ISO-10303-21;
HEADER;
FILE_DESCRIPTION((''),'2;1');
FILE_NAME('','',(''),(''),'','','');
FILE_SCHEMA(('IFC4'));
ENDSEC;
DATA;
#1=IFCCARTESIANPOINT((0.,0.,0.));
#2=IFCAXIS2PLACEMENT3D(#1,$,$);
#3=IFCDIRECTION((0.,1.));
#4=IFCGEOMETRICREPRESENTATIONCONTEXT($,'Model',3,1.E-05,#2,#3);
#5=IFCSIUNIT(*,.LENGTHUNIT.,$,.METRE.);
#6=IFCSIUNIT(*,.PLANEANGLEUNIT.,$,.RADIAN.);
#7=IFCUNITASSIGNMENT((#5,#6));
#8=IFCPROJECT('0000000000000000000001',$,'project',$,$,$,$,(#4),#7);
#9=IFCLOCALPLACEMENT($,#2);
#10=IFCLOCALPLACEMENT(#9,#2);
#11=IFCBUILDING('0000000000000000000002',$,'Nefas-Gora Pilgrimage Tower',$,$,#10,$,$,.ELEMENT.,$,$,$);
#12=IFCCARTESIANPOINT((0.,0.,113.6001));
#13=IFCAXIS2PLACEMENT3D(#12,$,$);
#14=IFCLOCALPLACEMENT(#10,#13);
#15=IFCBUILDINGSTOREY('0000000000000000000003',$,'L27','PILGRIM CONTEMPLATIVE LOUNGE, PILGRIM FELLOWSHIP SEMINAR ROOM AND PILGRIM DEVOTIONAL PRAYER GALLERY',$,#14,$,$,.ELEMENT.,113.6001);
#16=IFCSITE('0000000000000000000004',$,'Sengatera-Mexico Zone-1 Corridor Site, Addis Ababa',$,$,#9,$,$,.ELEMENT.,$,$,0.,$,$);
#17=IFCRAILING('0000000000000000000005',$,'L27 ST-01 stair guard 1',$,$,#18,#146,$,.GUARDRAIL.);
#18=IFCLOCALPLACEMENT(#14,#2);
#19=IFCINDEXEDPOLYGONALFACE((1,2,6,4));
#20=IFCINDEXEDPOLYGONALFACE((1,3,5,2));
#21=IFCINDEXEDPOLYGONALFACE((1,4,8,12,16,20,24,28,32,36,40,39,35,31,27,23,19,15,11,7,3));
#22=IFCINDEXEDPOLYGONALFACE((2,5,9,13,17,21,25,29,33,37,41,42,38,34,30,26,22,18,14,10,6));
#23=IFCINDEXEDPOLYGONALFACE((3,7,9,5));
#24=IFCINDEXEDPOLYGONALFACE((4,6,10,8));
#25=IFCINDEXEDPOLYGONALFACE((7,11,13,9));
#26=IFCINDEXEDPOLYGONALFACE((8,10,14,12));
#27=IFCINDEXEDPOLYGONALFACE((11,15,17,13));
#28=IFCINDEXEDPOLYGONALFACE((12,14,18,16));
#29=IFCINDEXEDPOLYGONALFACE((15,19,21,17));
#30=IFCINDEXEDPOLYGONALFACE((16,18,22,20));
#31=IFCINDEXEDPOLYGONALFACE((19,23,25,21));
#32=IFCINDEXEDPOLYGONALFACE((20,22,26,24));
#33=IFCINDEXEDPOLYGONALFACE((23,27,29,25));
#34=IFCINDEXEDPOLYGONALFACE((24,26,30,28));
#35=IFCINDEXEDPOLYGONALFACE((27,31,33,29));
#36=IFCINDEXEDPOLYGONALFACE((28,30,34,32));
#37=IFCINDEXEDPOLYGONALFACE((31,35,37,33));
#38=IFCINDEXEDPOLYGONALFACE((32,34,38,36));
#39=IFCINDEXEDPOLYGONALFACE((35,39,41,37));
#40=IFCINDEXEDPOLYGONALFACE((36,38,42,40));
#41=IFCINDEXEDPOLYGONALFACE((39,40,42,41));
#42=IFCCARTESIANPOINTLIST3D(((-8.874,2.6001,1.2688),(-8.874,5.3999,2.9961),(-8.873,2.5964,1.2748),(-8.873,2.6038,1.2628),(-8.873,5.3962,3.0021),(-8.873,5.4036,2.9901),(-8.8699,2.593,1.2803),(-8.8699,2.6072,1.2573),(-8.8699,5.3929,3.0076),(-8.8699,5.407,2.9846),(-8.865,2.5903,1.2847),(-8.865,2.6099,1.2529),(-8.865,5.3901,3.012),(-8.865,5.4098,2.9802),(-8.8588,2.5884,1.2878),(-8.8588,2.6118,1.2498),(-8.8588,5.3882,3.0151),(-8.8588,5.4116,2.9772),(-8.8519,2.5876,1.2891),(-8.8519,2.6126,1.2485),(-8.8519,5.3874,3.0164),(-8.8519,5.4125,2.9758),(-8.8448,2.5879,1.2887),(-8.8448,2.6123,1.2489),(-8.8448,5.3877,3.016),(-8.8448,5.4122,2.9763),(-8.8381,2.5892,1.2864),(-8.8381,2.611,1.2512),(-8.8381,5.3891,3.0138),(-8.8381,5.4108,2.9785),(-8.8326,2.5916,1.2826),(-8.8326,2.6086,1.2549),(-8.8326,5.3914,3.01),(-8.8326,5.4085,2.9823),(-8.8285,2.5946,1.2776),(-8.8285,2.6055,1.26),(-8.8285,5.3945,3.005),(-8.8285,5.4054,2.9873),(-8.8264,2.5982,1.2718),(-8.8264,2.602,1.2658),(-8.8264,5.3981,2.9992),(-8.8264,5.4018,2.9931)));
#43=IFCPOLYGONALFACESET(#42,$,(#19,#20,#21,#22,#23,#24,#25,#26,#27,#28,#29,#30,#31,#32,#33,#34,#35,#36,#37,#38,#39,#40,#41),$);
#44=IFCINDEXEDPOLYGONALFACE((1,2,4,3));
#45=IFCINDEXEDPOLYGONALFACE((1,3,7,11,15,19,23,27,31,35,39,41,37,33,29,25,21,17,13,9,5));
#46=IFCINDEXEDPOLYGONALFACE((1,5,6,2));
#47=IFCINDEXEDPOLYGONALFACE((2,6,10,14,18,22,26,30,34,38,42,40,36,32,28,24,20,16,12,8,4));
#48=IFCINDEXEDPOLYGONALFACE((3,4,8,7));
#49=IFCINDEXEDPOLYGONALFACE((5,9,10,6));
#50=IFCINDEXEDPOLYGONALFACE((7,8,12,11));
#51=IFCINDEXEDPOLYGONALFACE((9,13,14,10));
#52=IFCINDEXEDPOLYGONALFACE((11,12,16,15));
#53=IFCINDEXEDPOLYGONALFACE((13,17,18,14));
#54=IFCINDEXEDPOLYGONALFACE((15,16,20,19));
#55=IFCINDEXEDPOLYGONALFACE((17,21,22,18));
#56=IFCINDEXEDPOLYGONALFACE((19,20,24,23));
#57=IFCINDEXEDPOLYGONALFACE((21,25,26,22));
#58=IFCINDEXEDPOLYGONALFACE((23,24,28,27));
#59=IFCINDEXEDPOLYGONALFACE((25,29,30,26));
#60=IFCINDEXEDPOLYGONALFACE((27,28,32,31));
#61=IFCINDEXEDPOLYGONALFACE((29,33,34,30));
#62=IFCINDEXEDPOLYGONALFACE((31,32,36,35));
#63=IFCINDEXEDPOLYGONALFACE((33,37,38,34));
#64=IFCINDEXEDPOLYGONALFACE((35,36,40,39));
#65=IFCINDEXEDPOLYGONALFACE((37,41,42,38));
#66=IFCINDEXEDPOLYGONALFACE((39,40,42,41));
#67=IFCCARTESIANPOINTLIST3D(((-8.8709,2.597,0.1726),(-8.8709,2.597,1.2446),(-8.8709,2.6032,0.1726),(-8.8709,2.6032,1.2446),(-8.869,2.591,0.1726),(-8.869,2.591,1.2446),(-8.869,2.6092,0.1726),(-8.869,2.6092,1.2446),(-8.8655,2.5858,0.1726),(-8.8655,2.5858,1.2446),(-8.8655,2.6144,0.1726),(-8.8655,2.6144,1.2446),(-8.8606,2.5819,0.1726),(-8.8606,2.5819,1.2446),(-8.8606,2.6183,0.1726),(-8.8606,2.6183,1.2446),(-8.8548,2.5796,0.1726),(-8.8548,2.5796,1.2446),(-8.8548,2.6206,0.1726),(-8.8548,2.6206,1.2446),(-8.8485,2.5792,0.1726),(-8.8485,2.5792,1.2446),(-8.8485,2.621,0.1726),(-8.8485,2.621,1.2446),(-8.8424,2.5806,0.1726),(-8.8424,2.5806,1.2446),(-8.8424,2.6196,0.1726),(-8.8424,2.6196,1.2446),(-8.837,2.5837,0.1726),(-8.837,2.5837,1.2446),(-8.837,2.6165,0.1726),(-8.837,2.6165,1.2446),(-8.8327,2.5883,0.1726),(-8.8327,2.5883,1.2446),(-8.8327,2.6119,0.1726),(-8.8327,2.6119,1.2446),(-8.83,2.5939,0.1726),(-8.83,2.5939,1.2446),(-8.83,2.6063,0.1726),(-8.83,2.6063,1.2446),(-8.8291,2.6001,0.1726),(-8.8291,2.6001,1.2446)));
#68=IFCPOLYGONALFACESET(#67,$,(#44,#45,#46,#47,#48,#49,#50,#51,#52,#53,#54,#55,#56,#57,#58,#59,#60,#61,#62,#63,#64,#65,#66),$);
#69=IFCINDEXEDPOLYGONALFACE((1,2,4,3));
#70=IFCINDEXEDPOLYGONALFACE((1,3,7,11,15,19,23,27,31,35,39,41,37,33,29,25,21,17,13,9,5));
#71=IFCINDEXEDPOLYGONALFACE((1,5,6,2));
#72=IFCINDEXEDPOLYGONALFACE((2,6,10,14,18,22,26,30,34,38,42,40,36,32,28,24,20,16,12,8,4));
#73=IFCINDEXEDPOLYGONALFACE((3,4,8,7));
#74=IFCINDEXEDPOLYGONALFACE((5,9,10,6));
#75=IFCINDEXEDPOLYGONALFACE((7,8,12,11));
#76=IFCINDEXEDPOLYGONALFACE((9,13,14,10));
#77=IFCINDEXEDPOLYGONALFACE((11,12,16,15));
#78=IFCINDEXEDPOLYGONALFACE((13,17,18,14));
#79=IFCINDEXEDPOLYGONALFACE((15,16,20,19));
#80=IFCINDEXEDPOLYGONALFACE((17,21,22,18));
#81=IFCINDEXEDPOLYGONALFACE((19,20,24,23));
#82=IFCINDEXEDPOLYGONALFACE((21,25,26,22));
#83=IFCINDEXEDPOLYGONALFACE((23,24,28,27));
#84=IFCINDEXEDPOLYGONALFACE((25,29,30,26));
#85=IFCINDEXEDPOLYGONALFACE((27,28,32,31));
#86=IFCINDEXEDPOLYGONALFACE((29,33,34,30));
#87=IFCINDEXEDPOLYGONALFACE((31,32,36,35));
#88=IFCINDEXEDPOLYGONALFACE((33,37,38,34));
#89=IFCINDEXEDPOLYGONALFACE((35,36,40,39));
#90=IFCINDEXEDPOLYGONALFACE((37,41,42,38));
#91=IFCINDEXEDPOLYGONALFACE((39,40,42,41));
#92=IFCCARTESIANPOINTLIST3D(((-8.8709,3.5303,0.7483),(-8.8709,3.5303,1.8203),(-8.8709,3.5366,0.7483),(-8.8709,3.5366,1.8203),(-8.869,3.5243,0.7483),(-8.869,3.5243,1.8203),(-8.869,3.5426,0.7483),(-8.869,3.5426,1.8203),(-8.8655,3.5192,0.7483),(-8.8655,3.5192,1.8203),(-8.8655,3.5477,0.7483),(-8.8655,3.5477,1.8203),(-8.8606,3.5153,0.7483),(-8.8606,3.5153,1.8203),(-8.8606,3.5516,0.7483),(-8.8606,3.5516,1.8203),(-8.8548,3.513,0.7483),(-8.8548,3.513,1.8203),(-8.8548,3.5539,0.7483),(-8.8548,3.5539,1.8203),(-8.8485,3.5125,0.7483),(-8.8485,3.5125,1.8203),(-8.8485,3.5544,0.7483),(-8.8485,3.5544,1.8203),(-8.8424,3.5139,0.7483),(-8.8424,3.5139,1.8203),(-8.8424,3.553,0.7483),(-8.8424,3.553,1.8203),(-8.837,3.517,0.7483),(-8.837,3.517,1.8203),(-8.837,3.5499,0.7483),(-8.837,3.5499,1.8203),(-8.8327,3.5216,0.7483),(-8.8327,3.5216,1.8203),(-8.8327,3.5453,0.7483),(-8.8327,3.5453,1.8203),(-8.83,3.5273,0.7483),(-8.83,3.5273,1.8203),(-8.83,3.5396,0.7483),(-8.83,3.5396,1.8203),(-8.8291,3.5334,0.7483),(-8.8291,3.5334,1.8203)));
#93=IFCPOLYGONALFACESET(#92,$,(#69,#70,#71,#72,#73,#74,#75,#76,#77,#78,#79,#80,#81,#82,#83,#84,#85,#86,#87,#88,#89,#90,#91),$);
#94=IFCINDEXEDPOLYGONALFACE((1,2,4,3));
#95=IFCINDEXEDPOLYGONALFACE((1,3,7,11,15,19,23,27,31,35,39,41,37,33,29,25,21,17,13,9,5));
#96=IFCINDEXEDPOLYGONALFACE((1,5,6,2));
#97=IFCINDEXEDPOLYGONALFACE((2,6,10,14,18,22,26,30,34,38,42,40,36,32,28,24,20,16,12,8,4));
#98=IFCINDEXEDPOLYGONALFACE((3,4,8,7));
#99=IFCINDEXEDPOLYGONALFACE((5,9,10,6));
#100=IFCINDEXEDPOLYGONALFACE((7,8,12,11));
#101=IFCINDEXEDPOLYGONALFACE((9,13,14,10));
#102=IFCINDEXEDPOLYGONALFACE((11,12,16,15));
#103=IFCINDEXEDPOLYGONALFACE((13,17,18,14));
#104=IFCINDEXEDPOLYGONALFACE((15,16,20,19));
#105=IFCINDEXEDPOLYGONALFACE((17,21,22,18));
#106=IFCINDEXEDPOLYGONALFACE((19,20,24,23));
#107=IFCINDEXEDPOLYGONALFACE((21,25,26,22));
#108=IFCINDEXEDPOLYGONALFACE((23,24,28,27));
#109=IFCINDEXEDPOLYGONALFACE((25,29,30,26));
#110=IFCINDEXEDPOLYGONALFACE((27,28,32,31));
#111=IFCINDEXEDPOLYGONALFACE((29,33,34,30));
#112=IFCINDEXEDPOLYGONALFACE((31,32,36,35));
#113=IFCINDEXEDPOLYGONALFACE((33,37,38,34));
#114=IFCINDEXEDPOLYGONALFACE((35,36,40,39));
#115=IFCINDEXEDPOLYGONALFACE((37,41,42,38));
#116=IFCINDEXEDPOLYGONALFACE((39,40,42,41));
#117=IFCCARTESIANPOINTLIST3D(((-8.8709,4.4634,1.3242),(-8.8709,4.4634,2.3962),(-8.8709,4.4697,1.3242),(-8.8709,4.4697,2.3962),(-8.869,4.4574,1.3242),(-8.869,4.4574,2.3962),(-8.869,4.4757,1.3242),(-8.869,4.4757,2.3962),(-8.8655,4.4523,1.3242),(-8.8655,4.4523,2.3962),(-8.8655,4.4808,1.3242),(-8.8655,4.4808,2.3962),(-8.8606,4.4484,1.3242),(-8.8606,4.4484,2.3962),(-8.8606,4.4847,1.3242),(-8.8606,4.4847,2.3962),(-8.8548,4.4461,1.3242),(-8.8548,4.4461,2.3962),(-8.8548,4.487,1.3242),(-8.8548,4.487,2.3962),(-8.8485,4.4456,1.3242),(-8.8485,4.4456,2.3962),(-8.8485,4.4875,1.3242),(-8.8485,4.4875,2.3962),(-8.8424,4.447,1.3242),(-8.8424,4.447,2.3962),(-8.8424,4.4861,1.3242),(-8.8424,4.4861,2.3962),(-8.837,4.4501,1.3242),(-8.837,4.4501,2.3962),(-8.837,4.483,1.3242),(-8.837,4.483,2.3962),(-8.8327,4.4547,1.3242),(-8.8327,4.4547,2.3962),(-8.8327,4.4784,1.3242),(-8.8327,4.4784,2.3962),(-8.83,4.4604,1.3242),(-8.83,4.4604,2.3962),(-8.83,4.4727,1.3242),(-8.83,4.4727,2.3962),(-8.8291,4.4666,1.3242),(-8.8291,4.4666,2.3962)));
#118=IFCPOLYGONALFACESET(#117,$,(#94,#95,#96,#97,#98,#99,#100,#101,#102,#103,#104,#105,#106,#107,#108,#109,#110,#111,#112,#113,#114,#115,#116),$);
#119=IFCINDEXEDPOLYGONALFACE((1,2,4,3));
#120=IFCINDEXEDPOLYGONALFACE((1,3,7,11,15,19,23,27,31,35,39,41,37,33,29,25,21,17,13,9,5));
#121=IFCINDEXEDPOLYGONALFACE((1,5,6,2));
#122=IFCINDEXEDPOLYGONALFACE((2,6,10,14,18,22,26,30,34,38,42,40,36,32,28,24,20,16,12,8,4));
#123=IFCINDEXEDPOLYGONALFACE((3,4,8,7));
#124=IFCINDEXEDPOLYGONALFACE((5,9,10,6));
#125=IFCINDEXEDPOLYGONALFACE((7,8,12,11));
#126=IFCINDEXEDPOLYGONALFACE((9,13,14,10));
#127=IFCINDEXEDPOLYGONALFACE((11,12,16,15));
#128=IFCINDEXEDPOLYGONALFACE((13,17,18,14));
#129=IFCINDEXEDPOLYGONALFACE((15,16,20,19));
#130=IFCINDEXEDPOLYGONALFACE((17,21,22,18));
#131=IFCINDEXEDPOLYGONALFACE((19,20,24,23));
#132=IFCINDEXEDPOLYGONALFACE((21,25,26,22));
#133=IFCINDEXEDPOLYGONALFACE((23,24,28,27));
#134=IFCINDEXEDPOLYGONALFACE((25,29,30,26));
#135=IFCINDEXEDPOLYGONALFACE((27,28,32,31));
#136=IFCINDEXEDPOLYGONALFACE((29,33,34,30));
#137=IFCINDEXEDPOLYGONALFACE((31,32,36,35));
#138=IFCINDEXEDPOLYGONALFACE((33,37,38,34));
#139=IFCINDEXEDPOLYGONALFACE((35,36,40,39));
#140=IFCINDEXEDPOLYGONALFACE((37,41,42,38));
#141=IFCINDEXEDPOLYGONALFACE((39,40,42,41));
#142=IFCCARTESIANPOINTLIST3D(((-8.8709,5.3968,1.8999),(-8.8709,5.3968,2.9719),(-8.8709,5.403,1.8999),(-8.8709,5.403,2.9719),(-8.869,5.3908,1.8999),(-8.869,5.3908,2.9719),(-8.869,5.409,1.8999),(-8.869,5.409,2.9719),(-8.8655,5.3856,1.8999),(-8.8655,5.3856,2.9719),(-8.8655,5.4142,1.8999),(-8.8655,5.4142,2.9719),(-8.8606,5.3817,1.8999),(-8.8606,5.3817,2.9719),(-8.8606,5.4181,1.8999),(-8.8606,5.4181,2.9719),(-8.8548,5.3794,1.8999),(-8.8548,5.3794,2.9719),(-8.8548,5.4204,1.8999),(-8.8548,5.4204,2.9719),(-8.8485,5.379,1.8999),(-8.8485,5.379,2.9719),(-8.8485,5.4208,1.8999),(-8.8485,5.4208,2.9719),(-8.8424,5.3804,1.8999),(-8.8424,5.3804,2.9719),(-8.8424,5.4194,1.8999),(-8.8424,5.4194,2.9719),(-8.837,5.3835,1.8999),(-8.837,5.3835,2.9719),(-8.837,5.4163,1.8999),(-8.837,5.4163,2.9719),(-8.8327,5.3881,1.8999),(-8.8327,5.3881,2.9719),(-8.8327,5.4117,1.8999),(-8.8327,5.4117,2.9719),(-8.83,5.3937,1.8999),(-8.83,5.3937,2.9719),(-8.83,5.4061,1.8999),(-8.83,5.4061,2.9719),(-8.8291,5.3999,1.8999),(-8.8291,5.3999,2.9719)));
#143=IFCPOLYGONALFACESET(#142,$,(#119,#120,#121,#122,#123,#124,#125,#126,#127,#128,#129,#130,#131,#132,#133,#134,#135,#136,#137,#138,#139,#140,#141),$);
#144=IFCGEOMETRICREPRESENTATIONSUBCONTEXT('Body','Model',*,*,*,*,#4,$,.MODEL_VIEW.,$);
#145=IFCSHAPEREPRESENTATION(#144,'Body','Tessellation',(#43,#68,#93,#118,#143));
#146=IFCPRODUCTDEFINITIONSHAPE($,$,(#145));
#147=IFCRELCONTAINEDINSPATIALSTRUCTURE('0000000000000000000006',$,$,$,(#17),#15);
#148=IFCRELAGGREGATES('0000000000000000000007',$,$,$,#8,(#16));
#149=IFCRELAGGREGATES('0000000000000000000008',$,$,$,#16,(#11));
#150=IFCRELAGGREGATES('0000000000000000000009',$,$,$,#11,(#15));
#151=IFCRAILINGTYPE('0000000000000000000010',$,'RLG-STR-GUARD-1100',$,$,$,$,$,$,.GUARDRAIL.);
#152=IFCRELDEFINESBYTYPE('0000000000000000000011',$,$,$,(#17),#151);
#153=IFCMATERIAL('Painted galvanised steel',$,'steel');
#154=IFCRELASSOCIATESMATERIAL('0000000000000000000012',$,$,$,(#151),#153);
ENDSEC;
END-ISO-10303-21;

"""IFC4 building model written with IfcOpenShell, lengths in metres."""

from ifc_helpers import new_model, si_unit, direction, frame, origin, origin_2d, place, context, subcontext, project, spatial, circle, extrude, material, type_object, element, save


model = new_model("IFC4")

# Units and contexts
model_context = context("Model", 3, precision=1e-05, world=origin(), true_north=direction((0.0, 1.0)))
body_context = subcontext(model_context, "Body", "Model", "MODEL_VIEW")
ifc_project = project(units=[si_unit("LENGTHUNIT", "METRE"), si_unit("PLANEANGLEUNIT", "RADIAN")], contexts=[model_context])

# Site, building, storey
site_placement = place(None, origin())
site = spatial("IfcSite", under=ifc_project, at=site_placement, Name="Sengatera-Mexico Zone-1 Corridor Site, Addis Ababa", CompositionType="ELEMENT", RefElevation=0.0)
building_placement = place(site_placement, origin())
building = spatial("IfcBuilding", under=site, at=building_placement, Name="Nefas-Gora Pilgrimage Tower", CompositionType="ELEMENT")
storey_placement = place(building_placement, frame((0.0, 0.0, 113.6001)))
storey = spatial("IfcBuildingStorey", under=building, at=storey_placement, Name="L27", Description="PILGRIM CONTEMPLATIVE LOUNGE, PILGRIM FELLOWSHIP SEMINAR ROOM AND PILGRIM DEVOTIONAL PRAYER GALLERY", CompositionType="ELEMENT", Elevation=113.6001)

# Railing
ifc_material_1 = material(Name="Painted galvanised steel", Category="steel")
railing_type_1 = type_object("IfcRailingType", Name="RLG-STR-GUARD-1100", PredefinedType="GUARDRAIL", material=ifc_material_1)
railing_1_placement = place(storey_placement, frame((-8.8501, 2.6001, 0.1726)))
element("IfcRailing", 1, at=railing_1_placement, inside=storey, type_object=railing_type_1, Name="L27 ST-01 stair guard 1", PredefinedType="GUARDRAIL", context=body_context, shape_type="SweptSolid", body=[
    extrude(circle(Radius=0.0239, at=origin_2d()), frame((0.0, 0.0, 1.0962), z_axis=(0.0, 0.851069, 0.525054), x_axis=(-1.0, 0.0, 0.0)), (0.0, 0.0, 1.0), 3.2898),
    extrude(circle(Radius=0.021, at=origin_2d()), origin(), (0.0, 0.0, 1.0), 1.072),
    extrude(circle(Radius=0.021, at=origin_2d()), frame((0.0, 0.9333, 0.5757)), (0.0, 0.0, 1.0), 1.072),
    extrude(circle(Radius=0.021, at=origin_2d()), frame((0.0, 1.8665, 1.1516)), (0.0, 0.0, 1.0), 1.072),
    extrude(circle(Radius=0.021, at=origin_2d()), frame((0.0, 2.7998, 1.7273)), (0.0, 0.0, 1.0), 1.072),
])

save(model, "model.ifc")
